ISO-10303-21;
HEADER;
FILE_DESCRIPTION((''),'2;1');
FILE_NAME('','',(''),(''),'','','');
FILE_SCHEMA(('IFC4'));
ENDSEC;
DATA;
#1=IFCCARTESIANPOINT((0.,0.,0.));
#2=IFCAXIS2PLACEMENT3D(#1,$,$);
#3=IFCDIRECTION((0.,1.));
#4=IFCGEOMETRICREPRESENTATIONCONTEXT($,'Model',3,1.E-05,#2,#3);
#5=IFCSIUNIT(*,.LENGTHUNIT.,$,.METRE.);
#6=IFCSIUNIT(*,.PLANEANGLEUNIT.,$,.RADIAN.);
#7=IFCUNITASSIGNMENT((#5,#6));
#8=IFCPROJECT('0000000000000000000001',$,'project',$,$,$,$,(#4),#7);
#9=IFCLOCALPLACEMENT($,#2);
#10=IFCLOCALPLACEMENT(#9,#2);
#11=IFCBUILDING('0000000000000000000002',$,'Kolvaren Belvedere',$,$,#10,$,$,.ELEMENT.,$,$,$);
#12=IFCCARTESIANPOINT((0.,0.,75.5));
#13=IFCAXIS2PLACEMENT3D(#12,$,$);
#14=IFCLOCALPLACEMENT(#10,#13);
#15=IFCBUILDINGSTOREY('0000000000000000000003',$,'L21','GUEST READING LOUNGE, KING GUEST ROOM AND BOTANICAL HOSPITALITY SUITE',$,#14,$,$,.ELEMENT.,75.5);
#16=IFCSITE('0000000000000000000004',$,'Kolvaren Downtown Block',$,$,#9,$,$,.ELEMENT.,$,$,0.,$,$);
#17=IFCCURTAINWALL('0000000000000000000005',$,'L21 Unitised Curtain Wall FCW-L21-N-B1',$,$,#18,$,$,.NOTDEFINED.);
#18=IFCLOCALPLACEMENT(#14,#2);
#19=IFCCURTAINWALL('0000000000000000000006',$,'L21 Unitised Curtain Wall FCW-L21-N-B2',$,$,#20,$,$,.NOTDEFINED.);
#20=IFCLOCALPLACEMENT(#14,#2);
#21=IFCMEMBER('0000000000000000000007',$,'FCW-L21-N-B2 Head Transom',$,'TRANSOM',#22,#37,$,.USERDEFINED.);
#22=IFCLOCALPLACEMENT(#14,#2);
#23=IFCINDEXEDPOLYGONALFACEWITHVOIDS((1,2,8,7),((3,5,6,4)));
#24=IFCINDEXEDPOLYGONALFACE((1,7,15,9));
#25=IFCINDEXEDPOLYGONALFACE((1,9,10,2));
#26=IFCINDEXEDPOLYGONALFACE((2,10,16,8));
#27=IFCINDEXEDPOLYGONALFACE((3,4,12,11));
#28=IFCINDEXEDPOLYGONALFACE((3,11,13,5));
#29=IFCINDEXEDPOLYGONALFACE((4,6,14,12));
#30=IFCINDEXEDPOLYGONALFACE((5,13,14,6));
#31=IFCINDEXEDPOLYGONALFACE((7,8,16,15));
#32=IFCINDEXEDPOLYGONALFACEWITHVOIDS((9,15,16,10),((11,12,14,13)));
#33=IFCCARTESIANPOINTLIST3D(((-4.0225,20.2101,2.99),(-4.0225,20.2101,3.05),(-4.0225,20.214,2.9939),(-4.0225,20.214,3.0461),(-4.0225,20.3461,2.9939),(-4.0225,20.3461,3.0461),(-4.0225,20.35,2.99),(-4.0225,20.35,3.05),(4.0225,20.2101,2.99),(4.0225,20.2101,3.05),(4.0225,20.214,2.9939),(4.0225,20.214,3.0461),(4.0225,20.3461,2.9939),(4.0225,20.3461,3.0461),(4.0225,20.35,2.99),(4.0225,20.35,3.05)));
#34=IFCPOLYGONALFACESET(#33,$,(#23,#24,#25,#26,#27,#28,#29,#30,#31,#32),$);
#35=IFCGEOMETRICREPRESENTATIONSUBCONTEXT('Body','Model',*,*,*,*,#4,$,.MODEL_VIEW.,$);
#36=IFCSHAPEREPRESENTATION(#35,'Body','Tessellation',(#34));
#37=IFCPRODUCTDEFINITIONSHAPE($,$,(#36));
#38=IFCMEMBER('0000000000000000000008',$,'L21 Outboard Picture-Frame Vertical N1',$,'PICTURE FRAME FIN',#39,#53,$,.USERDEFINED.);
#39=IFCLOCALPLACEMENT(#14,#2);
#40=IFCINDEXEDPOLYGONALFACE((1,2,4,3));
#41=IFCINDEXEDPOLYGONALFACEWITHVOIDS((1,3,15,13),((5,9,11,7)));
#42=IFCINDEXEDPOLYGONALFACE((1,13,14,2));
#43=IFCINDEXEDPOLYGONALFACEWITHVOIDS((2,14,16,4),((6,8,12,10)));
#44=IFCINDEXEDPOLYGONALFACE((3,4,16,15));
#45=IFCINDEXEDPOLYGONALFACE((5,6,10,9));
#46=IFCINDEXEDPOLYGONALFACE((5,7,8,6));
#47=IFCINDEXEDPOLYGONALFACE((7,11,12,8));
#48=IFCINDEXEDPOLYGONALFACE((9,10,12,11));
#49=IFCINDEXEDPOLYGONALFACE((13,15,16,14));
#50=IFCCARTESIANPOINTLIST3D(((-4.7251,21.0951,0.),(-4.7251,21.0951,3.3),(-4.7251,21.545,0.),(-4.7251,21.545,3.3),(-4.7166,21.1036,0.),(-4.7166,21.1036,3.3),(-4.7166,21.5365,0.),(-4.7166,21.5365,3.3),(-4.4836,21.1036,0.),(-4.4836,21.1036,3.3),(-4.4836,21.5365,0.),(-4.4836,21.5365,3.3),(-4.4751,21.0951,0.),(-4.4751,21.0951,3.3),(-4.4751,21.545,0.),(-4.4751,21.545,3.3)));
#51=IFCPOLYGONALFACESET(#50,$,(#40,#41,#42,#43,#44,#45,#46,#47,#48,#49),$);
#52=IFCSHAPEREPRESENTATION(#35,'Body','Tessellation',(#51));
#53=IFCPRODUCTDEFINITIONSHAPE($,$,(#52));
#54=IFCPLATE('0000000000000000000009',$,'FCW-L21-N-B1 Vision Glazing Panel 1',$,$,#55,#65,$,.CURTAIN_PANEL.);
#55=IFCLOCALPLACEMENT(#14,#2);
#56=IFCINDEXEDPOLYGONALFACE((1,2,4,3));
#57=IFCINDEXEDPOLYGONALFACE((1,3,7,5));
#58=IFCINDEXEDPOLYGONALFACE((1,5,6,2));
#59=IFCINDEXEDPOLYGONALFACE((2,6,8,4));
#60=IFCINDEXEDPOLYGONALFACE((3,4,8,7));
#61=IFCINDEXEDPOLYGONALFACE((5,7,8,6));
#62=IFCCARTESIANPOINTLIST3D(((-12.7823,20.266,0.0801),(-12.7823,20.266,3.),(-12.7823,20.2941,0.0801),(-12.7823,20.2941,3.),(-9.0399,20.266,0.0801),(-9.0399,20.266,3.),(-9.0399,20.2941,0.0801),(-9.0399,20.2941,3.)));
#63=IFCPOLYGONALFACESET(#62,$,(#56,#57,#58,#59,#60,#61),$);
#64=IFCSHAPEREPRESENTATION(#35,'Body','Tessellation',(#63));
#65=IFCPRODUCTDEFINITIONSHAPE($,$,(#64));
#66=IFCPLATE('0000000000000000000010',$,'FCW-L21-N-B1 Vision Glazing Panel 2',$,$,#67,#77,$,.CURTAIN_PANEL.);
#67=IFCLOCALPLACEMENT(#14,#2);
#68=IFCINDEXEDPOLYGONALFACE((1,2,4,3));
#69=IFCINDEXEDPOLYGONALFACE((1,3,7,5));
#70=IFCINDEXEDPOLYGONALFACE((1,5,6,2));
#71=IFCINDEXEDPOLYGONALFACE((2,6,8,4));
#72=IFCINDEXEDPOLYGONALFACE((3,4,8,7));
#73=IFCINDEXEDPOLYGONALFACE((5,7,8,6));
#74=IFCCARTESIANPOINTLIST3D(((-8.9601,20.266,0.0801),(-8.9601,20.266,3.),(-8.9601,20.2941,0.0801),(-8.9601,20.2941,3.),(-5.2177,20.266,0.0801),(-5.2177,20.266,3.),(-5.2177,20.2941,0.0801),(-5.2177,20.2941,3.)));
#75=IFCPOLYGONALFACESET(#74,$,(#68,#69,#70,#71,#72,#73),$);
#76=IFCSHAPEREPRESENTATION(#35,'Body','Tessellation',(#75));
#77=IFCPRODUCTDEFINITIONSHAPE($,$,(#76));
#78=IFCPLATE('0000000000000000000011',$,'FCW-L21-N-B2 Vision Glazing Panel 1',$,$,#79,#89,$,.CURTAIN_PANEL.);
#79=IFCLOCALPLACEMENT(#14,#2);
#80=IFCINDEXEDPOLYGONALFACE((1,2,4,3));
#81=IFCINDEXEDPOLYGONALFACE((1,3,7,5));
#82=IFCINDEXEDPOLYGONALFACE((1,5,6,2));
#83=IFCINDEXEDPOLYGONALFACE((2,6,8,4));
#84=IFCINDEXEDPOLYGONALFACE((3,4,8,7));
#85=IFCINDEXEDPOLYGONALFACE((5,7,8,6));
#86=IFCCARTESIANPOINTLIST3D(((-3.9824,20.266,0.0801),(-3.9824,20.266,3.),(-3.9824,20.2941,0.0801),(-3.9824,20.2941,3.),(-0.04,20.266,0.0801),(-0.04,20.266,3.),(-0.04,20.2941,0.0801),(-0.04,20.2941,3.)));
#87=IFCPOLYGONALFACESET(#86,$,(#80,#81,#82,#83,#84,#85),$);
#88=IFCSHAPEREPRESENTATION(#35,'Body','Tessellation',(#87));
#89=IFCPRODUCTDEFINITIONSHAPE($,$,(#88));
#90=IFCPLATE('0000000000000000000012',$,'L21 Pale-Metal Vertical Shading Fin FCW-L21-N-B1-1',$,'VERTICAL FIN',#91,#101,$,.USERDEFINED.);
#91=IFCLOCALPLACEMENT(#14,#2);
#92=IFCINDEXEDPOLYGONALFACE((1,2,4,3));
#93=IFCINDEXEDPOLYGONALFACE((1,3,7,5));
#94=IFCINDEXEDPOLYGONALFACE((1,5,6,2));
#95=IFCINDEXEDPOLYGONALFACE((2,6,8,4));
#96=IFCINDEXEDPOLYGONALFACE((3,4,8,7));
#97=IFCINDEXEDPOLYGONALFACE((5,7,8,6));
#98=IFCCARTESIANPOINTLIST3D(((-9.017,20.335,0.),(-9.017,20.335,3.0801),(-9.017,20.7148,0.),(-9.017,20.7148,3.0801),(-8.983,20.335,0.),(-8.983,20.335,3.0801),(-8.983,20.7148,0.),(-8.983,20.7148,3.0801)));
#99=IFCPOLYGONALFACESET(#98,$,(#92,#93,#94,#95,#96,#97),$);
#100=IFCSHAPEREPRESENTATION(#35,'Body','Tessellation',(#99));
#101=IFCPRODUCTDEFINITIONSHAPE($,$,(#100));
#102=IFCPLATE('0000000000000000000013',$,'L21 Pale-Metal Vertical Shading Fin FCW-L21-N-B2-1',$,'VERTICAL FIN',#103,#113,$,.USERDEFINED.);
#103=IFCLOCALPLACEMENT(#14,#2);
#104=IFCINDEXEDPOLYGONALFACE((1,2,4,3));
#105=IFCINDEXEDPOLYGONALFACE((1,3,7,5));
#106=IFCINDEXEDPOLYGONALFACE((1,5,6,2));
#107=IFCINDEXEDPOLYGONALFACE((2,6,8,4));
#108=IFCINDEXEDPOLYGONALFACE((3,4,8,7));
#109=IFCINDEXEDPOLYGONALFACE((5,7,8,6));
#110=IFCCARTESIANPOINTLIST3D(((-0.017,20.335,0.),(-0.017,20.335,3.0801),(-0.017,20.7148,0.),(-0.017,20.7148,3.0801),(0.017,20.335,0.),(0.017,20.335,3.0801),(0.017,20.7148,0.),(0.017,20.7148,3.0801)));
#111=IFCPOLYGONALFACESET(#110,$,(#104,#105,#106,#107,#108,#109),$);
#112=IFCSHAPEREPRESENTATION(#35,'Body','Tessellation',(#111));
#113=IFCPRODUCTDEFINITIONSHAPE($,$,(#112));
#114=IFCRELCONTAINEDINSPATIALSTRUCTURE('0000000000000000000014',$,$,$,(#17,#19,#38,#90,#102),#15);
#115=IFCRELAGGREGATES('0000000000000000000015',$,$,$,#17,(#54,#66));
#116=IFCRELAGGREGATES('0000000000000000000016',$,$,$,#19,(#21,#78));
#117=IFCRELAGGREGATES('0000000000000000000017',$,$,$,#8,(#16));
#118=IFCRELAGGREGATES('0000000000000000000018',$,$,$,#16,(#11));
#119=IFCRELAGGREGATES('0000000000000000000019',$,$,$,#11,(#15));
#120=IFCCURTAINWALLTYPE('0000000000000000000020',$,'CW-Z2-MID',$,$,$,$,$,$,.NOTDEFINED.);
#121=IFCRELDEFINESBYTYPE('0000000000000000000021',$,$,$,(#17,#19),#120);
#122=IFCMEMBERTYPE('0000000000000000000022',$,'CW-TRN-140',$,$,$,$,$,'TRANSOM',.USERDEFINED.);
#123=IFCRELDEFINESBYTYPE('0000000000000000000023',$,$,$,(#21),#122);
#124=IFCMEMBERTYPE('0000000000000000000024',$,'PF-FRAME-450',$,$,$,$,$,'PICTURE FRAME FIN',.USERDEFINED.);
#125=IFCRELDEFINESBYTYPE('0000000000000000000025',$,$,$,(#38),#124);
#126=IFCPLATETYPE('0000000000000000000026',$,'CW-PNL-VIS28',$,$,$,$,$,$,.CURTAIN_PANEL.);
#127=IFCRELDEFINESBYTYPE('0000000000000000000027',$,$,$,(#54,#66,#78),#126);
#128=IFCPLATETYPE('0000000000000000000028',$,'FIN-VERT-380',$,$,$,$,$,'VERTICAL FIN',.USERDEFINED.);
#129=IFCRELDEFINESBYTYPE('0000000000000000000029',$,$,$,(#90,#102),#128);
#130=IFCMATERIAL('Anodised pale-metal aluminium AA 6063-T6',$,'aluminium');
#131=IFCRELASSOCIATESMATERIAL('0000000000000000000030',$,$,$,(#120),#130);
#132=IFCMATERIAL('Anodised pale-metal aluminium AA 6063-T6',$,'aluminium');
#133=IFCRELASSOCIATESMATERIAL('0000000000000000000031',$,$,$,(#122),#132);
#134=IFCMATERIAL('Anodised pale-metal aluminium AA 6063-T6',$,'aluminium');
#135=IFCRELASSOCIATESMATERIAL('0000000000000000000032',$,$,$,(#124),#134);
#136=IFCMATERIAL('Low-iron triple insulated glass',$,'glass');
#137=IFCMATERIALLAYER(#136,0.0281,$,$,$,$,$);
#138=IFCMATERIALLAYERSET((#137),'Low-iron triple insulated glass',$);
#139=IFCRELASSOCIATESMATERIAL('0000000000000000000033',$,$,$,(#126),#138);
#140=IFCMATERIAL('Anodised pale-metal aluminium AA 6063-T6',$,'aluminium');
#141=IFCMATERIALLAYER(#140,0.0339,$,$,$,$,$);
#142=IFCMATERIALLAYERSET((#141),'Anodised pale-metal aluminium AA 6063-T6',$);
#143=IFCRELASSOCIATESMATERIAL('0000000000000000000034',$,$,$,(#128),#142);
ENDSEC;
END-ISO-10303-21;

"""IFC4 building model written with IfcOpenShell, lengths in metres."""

from ifc_helpers import new_model, si_unit, direction, frame, origin, origin_2d, place, context, subcontext, project, spatial, rectangle, hollow_rectangle, extrude, material, layer, layer_set, material_profile, profile_set, type_object, element, aggregate, save


model = new_model("IFC4")

# Units and contexts
model_context = context("Model", 3, precision=1e-05, world=origin(), true_north=direction((0.0, 1.0)))
body_context = subcontext(model_context, "Body", "Model", "MODEL_VIEW")
ifc_project = project(units=[si_unit("LENGTHUNIT", "METRE"), si_unit("PLANEANGLEUNIT", "RADIAN")], contexts=[model_context])

# Site, building, storey
site_placement = place(None, origin())
site = spatial("IfcSite", under=ifc_project, at=site_placement, Name="Kolvaren Downtown Block", CompositionType="ELEMENT", RefElevation=0.0)
building_placement = place(site_placement, origin())
building = spatial("IfcBuilding", under=site, at=building_placement, Name="Kolvaren Belvedere", CompositionType="ELEMENT")
storey_placement = place(building_placement, frame((0.0, 0.0, 75.5)))
storey = spatial("IfcBuildingStorey", under=building, at=storey_placement, Name="L21", Description="GUEST READING LOUNGE, KING GUEST ROOM AND BOTANICAL HOSPITALITY SUITE", CompositionType="ELEMENT", Elevation=75.5)

# Curtain walls, member
ifc_material_1 = material(Name="Anodised pale-metal aluminium AA 6063-T6", Category="aluminium")
curtain_wall_type = type_object("IfcCurtainWallType", Name="CW-Z2-MID", PredefinedType="NOTDEFINED", material=ifc_material_1)
curtain_wall_1_placement = place(storey_placement, origin())
curtain_wall_1 = element("IfcCurtainWall", 1, at=curtain_wall_1_placement, inside=storey, type_object=curtain_wall_type, Name="L21 Unitised Curtain Wall FCW-L21-N-B1", PredefinedType="NOTDEFINED")
curtain_wall_2_placement = place(storey_placement, origin())
curtain_wall_2 = element("IfcCurtainWall", 2, at=curtain_wall_2_placement, inside=storey, type_object=curtain_wall_type, Name="L21 Unitised Curtain Wall FCW-L21-N-B2", PredefinedType="NOTDEFINED")
ifc_material_2 = material(Name="Anodised pale-metal aluminium AA 6063-T6", Category="aluminium")
ifc_material_profile_1 = material_profile(ifc_material_2, hollow_rectangle(XDim=0.0601, YDim=0.1399, WallThickness=0.0039, at=origin_2d()), Name="ALU-TRN-140X60")
ifc_profile_set_1 = profile_set([ifc_material_profile_1], Name="Anodised pale-metal aluminium AA 6063-T6")
member_type_1 = type_object("IfcMemberType", Name="CW-TRN-140", ElementType="TRANSOM", PredefinedType="USERDEFINED", material=ifc_profile_set_1)
member_1_placement = place(storey_placement, frame((-4.0225, 20.28, 3.02), z_axis=(1.0, 0.0, 0.0), x_axis=(0.0, 0.0, 1.0)))
member_1 = element("IfcMember", 3, at=member_1_placement, type_object=member_type_1, Name="FCW-L21-N-B2 Head Transom", ObjectType="TRANSOM", PredefinedType="USERDEFINED", context=body_context, shape_type="SweptSolid", body=[
    extrude(hollow_rectangle(XDim=0.0601, YDim=0.1399, WallThickness=0.0039, at=origin_2d()), origin(), (0.0, 0.0, 1.0), 8.0449),
])

# Member
ifc_material_3 = material(Name="Anodised pale-metal aluminium AA 6063-T6", Category="aluminium")
ifc_material_profile_2 = material_profile(ifc_material_3, hollow_rectangle(XDim=0.25, YDim=0.45, WallThickness=0.0085, at=origin_2d()), Name="ALU-PF-450X250")
ifc_profile_set_2 = profile_set([ifc_material_profile_2], Name="Anodised pale-metal aluminium AA 6063-T6")
member_type_2 = type_object("IfcMemberType", Name="PF-FRAME-450", ElementType="PICTURE FRAME FIN", PredefinedType="USERDEFINED", material=ifc_profile_set_2)
member_2_placement = place(storey_placement, frame((-4.6001, 21.3201, 0.0), z_axis=(0.0, 0.0, 1.0), x_axis=(1.0, 0.0, 0.0)))
element("IfcMember", 4, at=member_2_placement, inside=storey, type_object=member_type_2, Name="L21 Outboard Picture-Frame Vertical N1", ObjectType="PICTURE FRAME FIN", PredefinedType="USERDEFINED", context=body_context, shape_type="SweptSolid", body=[
    extrude(hollow_rectangle(XDim=0.25, YDim=0.45, WallThickness=0.0085, at=origin_2d()), origin(), (0.0, 0.0, 1.0), 3.3),
])

# Plates
ifc_material_4 = material(Name="Low-iron triple insulated glass", Category="glass")
ifc_layer_1 = layer(ifc_material_4, 0.0281)
ifc_layer_set_1 = layer_set([ifc_layer_1], Name="Low-iron triple insulated glass")
plate_type_1 = type_object("IfcPlateType", Name="CW-PNL-VIS28", PredefinedType="CURTAIN_PANEL", material=ifc_layer_set_1)
plate_1_placement = place(storey_placement, frame((-10.9111, 20.28, 0.0801), z_axis=(0.0, 0.0, 1.0), x_axis=(1.0, 0.0, 0.0)))
plate_1 = element("IfcPlate", 5, at=plate_1_placement, type_object=plate_type_1, Name="FCW-L21-N-B1 Vision Glazing Panel 1", PredefinedType="CURTAIN_PANEL", context=body_context, shape_type="SweptSolid", body=[
    extrude(rectangle(XDim=3.7424, YDim=0.0281, at=origin_2d()), origin(), (0.0, 0.0, 1.0), 2.9199),
])
plate_2_placement = place(storey_placement, frame((-7.0889, 20.28, 0.0801), z_axis=(0.0, 0.0, 1.0), x_axis=(1.0, 0.0, 0.0)))
plate_2 = element("IfcPlate", 6, at=plate_2_placement, type_object=plate_type_1, Name="FCW-L21-N-B1 Vision Glazing Panel 2", PredefinedType="CURTAIN_PANEL", context=body_context, shape_type="SweptSolid", body=[
    extrude(rectangle(XDim=3.7424, YDim=0.0281, at=origin_2d()), origin(), (0.0, 0.0, 1.0), 2.9199),
])
aggregate(curtain_wall_1, [plate_1, plate_2])
plate_3_placement = place(storey_placement, frame((-2.0112, 20.28, 0.0801), z_axis=(0.0, 0.0, 1.0), x_axis=(1.0, 0.0, 0.0)))
plate_3 = element("IfcPlate", 7, at=plate_3_placement, type_object=plate_type_1, Name="FCW-L21-N-B2 Vision Glazing Panel 1", PredefinedType="CURTAIN_PANEL", context=body_context, shape_type="SweptSolid", body=[
    extrude(rectangle(XDim=3.9424, YDim=0.0281, at=origin_2d()), origin(), (0.0, 0.0, 1.0), 2.9199),
])
aggregate(curtain_wall_2, [member_1, plate_3])

# Plates
ifc_material_5 = material(Name="Anodised pale-metal aluminium AA 6063-T6", Category="aluminium")
ifc_layer_2 = layer(ifc_material_5, 0.0339)
ifc_layer_set_2 = layer_set([ifc_layer_2], Name="Anodised pale-metal aluminium AA 6063-T6")
plate_type_2 = type_object("IfcPlateType", Name="FIN-VERT-380", ElementType="VERTICAL FIN", PredefinedType="USERDEFINED", material=ifc_layer_set_2)
for number, where, z_axis, x_axis, name in (
    (8, (-9.0, 20.5249, 0.0), (0.0, 0.0, 1.0), (0.0, 1.0, 0.0), "L21 Pale-Metal Vertical Shading Fin FCW-L21-N-B1-1"),
    (9, (0.0, 20.5249, 0.0), (0.0, 0.0, 1.0), (0.0, 1.0, 0.0), "L21 Pale-Metal Vertical Shading Fin FCW-L21-N-B2-1"),
):
    element("IfcPlate", number, at=place(storey_placement, frame(where, z_axis=z_axis, x_axis=x_axis)), inside=storey, type_object=plate_type_2, Name=name, ObjectType="VERTICAL FIN", PredefinedType="USERDEFINED", context=body_context, shape_type="SweptSolid", body=[
        extrude(rectangle(XDim=0.3799, YDim=0.0339, at=origin_2d()), origin(), (0.0, 0.0, 1.0), 3.0801),
    ])

save(model, "model.ifc")
